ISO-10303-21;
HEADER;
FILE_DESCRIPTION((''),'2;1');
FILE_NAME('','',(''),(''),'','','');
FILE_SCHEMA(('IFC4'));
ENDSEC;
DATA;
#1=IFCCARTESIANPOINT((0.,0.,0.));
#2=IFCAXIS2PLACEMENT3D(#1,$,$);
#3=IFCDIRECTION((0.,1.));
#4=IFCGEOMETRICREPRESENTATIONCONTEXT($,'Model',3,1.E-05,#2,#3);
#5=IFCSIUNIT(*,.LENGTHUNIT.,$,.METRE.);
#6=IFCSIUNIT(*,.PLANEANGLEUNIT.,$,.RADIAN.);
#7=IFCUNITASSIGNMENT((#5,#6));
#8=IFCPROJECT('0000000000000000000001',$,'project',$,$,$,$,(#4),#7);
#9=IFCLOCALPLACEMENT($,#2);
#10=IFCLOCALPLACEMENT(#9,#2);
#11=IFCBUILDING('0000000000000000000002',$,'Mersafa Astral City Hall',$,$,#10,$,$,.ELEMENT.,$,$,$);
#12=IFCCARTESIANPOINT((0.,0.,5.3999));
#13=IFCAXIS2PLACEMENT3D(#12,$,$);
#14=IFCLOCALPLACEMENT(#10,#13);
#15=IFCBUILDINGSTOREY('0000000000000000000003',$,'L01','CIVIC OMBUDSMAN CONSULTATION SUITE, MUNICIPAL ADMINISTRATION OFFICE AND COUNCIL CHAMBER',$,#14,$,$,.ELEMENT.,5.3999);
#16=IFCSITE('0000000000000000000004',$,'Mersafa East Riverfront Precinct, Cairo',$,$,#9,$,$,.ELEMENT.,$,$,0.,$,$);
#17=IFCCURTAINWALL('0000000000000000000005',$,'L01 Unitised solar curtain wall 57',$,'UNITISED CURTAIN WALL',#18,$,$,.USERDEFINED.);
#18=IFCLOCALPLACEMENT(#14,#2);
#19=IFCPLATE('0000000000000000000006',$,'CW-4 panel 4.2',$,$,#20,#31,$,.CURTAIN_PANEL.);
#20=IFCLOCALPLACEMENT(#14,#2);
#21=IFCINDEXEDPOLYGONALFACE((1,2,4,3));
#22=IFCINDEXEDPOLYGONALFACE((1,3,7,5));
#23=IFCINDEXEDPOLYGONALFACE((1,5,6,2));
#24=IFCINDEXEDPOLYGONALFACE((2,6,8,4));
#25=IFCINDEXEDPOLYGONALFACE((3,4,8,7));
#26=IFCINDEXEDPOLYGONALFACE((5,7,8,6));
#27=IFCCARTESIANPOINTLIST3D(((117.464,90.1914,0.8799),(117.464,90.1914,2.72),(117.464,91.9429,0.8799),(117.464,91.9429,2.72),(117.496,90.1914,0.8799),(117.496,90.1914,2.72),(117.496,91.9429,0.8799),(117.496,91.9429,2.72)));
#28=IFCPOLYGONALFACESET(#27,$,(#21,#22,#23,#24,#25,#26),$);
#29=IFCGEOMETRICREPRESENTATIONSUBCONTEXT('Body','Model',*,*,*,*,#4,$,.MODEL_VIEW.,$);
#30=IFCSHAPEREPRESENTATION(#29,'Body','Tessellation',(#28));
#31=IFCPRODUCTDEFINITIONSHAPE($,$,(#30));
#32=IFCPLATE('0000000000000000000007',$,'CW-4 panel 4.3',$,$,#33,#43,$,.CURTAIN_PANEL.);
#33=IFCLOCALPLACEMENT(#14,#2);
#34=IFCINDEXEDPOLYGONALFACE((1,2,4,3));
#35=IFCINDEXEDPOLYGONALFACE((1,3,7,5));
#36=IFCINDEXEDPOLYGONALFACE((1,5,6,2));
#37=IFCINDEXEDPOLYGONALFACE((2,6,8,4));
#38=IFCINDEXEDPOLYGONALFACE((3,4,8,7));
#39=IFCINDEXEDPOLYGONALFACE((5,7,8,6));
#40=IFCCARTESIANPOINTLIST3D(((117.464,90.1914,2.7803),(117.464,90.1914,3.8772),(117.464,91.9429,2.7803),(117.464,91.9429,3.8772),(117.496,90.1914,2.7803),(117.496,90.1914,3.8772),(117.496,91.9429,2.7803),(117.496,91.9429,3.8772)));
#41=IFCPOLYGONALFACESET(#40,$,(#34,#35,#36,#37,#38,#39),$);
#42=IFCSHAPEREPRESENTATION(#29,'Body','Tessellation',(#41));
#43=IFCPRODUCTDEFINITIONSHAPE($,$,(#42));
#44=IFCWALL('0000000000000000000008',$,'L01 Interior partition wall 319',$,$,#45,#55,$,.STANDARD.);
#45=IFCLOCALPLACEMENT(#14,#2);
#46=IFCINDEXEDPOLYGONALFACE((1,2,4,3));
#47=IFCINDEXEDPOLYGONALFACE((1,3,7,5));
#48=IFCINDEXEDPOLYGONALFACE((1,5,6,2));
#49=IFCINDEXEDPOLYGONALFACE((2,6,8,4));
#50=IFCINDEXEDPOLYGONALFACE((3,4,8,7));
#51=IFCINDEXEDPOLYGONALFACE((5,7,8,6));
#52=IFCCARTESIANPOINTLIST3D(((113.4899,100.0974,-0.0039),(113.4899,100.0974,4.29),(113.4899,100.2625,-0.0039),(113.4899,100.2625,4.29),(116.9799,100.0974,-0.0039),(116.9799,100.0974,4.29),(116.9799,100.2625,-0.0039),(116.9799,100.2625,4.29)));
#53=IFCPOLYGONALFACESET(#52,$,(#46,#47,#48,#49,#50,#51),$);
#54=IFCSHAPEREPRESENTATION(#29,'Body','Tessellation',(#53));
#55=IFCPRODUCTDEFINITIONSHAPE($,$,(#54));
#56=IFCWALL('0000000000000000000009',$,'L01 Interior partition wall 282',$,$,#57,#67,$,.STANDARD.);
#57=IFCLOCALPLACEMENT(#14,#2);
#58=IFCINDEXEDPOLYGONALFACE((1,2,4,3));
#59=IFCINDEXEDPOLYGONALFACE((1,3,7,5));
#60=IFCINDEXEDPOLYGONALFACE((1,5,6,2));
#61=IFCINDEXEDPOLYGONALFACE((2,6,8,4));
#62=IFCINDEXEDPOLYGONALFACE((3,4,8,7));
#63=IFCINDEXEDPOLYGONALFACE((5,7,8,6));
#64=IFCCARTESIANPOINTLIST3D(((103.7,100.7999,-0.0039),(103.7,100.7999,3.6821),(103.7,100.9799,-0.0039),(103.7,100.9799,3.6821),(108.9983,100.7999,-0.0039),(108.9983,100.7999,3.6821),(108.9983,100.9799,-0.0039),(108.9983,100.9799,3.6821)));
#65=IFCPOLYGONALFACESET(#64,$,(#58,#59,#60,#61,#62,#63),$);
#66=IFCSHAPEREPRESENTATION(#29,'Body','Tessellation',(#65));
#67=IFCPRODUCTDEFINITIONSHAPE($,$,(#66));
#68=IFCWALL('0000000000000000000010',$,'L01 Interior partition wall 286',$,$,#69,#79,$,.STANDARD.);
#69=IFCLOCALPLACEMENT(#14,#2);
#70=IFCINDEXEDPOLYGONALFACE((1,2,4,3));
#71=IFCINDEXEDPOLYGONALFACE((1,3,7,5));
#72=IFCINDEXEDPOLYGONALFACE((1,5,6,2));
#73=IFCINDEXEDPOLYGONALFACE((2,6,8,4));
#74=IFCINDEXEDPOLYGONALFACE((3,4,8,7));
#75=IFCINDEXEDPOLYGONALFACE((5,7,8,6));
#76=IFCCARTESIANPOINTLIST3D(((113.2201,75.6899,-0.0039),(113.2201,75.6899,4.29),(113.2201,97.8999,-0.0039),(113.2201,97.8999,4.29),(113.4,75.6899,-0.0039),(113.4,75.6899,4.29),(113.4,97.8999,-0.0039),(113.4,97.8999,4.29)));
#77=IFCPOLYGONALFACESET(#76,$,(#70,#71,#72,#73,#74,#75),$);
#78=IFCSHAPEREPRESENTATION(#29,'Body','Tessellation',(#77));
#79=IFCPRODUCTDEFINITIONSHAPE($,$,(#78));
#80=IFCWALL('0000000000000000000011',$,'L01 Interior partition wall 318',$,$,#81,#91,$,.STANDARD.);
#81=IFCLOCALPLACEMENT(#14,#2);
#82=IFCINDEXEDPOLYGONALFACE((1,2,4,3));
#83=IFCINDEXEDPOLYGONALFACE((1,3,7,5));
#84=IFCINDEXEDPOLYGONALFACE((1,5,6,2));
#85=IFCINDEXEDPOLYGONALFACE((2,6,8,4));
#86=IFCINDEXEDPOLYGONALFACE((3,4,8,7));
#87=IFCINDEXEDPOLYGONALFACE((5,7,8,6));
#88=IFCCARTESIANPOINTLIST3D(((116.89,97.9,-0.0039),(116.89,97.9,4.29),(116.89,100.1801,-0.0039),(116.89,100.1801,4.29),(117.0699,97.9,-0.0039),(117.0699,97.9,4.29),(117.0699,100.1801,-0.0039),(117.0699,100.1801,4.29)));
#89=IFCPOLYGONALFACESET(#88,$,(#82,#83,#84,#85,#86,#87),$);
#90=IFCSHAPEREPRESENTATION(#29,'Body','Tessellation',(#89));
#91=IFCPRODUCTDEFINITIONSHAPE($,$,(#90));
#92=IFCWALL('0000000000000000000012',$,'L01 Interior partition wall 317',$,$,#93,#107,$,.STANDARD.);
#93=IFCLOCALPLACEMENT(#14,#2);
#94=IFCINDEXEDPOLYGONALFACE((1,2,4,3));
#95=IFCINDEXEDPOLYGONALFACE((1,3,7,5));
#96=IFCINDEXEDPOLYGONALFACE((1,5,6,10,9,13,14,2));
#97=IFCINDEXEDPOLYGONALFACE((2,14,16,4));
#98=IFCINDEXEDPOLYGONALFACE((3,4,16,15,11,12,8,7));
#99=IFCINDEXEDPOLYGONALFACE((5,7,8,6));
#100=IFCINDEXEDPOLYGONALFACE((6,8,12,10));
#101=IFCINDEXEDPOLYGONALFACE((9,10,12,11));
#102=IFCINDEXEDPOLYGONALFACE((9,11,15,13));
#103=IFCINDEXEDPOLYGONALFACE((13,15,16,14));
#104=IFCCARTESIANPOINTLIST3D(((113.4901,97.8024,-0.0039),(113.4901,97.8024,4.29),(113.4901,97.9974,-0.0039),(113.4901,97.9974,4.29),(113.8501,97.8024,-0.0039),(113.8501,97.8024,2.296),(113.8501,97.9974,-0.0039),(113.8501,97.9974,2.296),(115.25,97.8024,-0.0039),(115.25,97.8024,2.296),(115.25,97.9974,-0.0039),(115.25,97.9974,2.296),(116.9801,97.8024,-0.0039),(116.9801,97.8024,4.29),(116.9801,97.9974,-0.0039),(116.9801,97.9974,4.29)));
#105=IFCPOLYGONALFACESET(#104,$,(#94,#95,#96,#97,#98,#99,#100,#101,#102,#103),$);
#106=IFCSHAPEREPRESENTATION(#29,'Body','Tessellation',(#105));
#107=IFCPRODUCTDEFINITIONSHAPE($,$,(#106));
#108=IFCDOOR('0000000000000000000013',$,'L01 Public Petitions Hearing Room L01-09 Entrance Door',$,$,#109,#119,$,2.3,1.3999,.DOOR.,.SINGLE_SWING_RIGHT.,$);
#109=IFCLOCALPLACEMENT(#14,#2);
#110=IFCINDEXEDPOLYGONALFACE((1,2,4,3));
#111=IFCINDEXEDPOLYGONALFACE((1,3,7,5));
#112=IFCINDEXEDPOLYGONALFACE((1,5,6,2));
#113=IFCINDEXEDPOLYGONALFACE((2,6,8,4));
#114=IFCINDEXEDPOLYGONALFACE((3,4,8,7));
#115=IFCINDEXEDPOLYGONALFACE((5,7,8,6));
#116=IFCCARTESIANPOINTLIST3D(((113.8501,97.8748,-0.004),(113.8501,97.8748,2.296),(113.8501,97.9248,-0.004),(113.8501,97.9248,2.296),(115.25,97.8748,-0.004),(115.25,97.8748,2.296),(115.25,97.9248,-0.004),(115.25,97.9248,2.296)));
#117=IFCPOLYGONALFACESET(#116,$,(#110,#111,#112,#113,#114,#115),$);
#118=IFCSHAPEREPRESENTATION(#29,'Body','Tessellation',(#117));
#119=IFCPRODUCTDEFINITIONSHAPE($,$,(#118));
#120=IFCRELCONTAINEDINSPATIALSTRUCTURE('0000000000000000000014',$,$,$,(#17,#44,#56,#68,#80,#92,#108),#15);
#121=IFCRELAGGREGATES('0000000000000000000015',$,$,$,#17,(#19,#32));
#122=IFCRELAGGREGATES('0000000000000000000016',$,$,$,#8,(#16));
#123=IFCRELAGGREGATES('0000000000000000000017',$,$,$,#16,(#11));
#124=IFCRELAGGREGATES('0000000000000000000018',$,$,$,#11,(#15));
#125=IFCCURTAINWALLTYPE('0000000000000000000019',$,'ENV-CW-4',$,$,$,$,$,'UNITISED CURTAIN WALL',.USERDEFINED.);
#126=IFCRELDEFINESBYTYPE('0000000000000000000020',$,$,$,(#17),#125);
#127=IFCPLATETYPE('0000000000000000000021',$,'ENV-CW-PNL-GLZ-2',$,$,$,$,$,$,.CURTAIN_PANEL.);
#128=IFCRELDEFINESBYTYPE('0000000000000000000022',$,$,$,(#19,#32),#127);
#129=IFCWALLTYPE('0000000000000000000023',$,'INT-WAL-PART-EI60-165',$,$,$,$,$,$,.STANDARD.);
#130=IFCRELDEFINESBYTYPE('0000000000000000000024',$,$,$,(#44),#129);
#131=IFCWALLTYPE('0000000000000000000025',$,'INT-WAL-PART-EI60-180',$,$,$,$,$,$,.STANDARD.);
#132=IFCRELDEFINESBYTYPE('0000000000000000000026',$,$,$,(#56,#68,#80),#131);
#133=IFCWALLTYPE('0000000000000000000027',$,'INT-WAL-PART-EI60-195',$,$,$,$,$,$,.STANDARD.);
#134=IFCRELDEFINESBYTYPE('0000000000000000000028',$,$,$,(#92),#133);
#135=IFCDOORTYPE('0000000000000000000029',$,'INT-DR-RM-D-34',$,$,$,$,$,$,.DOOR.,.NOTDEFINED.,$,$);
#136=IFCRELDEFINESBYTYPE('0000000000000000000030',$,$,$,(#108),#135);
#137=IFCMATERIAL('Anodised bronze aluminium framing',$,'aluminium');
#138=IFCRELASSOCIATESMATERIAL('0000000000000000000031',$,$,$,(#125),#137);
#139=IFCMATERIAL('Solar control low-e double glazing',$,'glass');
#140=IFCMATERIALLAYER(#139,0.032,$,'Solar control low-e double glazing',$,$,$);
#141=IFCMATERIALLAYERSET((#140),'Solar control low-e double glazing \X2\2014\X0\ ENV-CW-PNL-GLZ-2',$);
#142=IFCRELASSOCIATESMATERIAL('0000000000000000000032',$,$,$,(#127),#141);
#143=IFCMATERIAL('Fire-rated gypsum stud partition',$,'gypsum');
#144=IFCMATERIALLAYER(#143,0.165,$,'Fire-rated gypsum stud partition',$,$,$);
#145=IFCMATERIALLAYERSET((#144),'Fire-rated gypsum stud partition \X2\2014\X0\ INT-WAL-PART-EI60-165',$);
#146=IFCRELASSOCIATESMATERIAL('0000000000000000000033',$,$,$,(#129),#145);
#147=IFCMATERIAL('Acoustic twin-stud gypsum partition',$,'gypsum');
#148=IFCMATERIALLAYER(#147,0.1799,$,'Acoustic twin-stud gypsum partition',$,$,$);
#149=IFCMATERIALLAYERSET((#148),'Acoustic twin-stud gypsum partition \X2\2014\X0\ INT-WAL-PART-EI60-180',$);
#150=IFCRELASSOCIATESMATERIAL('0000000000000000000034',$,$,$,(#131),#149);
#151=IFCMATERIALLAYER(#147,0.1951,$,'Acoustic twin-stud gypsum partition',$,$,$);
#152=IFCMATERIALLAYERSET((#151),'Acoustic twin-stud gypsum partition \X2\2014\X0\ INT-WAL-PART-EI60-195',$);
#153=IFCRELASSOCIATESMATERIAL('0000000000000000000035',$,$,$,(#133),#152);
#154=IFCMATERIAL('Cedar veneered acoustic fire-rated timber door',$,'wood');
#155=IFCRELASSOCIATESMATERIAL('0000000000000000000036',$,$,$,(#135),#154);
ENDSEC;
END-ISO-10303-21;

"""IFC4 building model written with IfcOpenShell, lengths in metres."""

from ifc_helpers import new_model, si_unit, direction, frame, frame_2d, origin, origin_2d, place, context, subcontext, project, spatial, rectangle, extrude, material, layer, layer_set, type_object, element, fill, aggregate, save


model = new_model("IFC4")

# Units and contexts
model_context = context("Model", 3, precision=1e-05, world=origin(), true_north=direction((0.0, 1.0)))
body_context = subcontext(model_context, "Body", "Model", "MODEL_VIEW")
ifc_project = project(units=[si_unit("LENGTHUNIT", "METRE"), si_unit("PLANEANGLEUNIT", "RADIAN")], contexts=[model_context])

# Site, building, storey
site_placement = place(None, origin())
site = spatial("IfcSite", under=ifc_project, at=site_placement, Name="Mersafa East Riverfront Precinct, Cairo", CompositionType="ELEMENT", RefElevation=0.0)
building_placement = place(site_placement, origin())
building = spatial("IfcBuilding", under=site, at=building_placement, Name="Mersafa Astral City Hall", CompositionType="ELEMENT")
storey_placement = place(building_placement, frame((0.0, 0.0, 5.3999)))
storey = spatial("IfcBuildingStorey", under=building, at=storey_placement, Name="L01", Description="CIVIC OMBUDSMAN CONSULTATION SUITE, MUNICIPAL ADMINISTRATION OFFICE AND COUNCIL CHAMBER", CompositionType="ELEMENT", Elevation=5.3999)

# Curtain wall
ifc_material_1 = material(Name="Anodised bronze aluminium framing", Category="aluminium")
curtain_wall_type = type_object("IfcCurtainWallType", Name="ENV-CW-4", ElementType="UNITISED CURTAIN WALL", PredefinedType="USERDEFINED", material=ifc_material_1)
curtain_wall_placement = place(storey_placement, origin())
curtain_wall = element("IfcCurtainWall", 1, at=curtain_wall_placement, inside=storey, type_object=curtain_wall_type, Name="L01 Unitised solar curtain wall 57", ObjectType="UNITISED CURTAIN WALL", PredefinedType="USERDEFINED")

# Plates
ifc_material_2 = material(Name="Solar control low-e double glazing", Category="glass")
ifc_layer_1 = layer(ifc_material_2, 0.032, Name="Solar control low-e double glazing")
ifc_layer_set_1 = layer_set([ifc_layer_1], Name="Solar control low-e double glazing — ENV-CW-PNL-GLZ-2")
plate_type = type_object("IfcPlateType", Name="ENV-CW-PNL-GLZ-2", PredefinedType="CURTAIN_PANEL", material=ifc_layer_set_1)
plate_1_placement = place(storey_placement, frame((117.48, 91.0671, 0.8799), z_axis=(0.0, 0.0, 1.0), x_axis=(0.0, 1.0, 0.0)))
plate_1 = element("IfcPlate", 2, at=plate_1_placement, type_object=plate_type, Name="CW-4 panel 4.2", PredefinedType="CURTAIN_PANEL", context=body_context, shape_type="SweptSolid", body=[
    extrude(rectangle(XDim=1.7515, YDim=0.032, at=origin_2d()), origin(), (0.0, 0.0, 1.0), 1.8401),
])
plate_2_placement = place(storey_placement, frame((117.48, 91.0671, 2.7803), z_axis=(0.0, 0.0, 1.0), x_axis=(0.0, 1.0, 0.0)))
plate_2 = element("IfcPlate", 3, at=plate_2_placement, type_object=plate_type, Name="CW-4 panel 4.3", PredefinedType="CURTAIN_PANEL", context=body_context, shape_type="SweptSolid", body=[
    extrude(rectangle(XDim=1.7515, YDim=0.032, at=origin_2d()), origin(), (0.0, 0.0, 1.0), 1.0969),
])
aggregate(curtain_wall, [plate_1, plate_2])

# Walls
ifc_material_3 = material(Name="Fire-rated gypsum stud partition", Category="gypsum")
ifc_layer_2 = layer(ifc_material_3, 0.165, Name="Fire-rated gypsum stud partition")
ifc_layer_set_2 = layer_set([ifc_layer_2], Name="Fire-rated gypsum stud partition — INT-WAL-PART-EI60-165")
wall_type_1 = type_object("IfcWallType", Name="INT-WAL-PART-EI60-165", PredefinedType="STANDARD", material=ifc_layer_set_2)
wall_1_placement = place(storey_placement, frame((116.98, 100.1799, -0.0039), z_axis=(0.0, 0.0, 1.0), x_axis=(-1.0, 0.0, 0.0)))
element("IfcWall", 4, at=wall_1_placement, inside=storey, type_object=wall_type_1, Name="L01 Interior partition wall 319", PredefinedType="STANDARD", context=body_context, shape_type="SweptSolid", body=[
    extrude(rectangle(XDim=3.49, YDim=0.165, at=frame_2d((1.7451, 0.0))), origin(), (0.0, 0.0, 1.0), 4.2939),
])
ifc_material_4 = material(Name="Acoustic twin-stud gypsum partition", Category="gypsum")
ifc_layer_3 = layer(ifc_material_4, 0.1799, Name="Acoustic twin-stud gypsum partition")
ifc_layer_set_3 = layer_set([ifc_layer_3], Name="Acoustic twin-stud gypsum partition — INT-WAL-PART-EI60-180")
wall_type_2 = type_object("IfcWallType", Name="INT-WAL-PART-EI60-180", PredefinedType="STANDARD", material=ifc_layer_set_3)
wall_2_placement = place(storey_placement, frame((108.9983, 100.8899, -0.0039), z_axis=(0.0, 0.0, 1.0), x_axis=(-1.0, 0.0, 0.0)))
element("IfcWall", 5, at=wall_2_placement, inside=storey, type_object=wall_type_2, Name="L01 Interior partition wall 282", PredefinedType="STANDARD", context=body_context, shape_type="SweptSolid", body=[
    extrude(rectangle(XDim=5.2983, YDim=0.1799, at=frame_2d((2.6492, 0.0))), origin(), (0.0, 0.0, 1.0), 3.686),
])
wall_3_placement = place(storey_placement, frame((113.3101, 97.8999, -0.0039), z_axis=(0.0, 0.0, 1.0), x_axis=(0.0, -1.0, 0.0)))
element("IfcWall", 6, at=wall_3_placement, inside=storey, type_object=wall_type_2, Name="L01 Interior partition wall 286", PredefinedType="STANDARD", context=body_context, shape_type="SweptSolid", body=[
    extrude(rectangle(XDim=22.21, YDim=0.1799, at=frame_2d((11.105, 0.0))), origin(), (0.0, 0.0, 1.0), 4.2939),
])
wall_4_placement = place(storey_placement, frame((116.98, 97.8999, -0.0039), z_axis=(0.0, 0.0, 1.0), x_axis=(0.0, 1.0, 0.0)))
element("IfcWall", 7, at=wall_4_placement, inside=storey, type_object=wall_type_2, Name="L01 Interior partition wall 318", PredefinedType="STANDARD", context=body_context, shape_type="SweptSolid", body=[
    extrude(rectangle(XDim=2.28, YDim=0.1799, at=frame_2d((1.1401, 0.0))), origin(), (0.0, 0.0, 1.0), 4.2939),
])

# Wall, opening, door
ifc_layer_4 = layer(ifc_material_4, 0.1951, Name="Acoustic twin-stud gypsum partition")
ifc_layer_set_4 = layer_set([ifc_layer_4], Name="Acoustic twin-stud gypsum partition — INT-WAL-PART-EI60-195")
wall_type_3 = type_object("IfcWallType", Name="INT-WAL-PART-EI60-195", PredefinedType="STANDARD", material=ifc_layer_set_4)
wall_5_placement = place(storey_placement, frame((113.49, 97.8999, -0.0039), z_axis=(0.0, 0.0, 1.0), x_axis=(1.0, 0.0, 0.0)))
wall_5 = element("IfcWall", 8, at=wall_5_placement, inside=storey, type_object=wall_type_3, Name="L01 Interior partition wall 317", PredefinedType="STANDARD", context=body_context, shape_type="SweptSolid", body=[
    extrude(rectangle(XDim=3.49, YDim=0.1951, at=frame_2d((1.7451, 0.0))), origin(), (0.0, 0.0, 1.0), 4.2939),
])
opening_placement = place(wall_5_placement, frame((0.3601, 0.0, 0.0)))
opening = element("IfcOpeningElement", 9, at=opening_placement, cuts=wall_5, PredefinedType="OPENING", context=body_context, shape_type="SweptSolid", body=[
    extrude(rectangle(XDim=1.3999, YDim=2.3, at=frame_2d((0.7, 1.1499))), frame((0.0, 0.1074, 0.0), z_axis=(0.0, -1.0, 0.0), x_axis=(1.0, 0.0, 0.0)), (0.0, 0.0, 1.0), 0.2151),
])
ifc_material_5 = material(Name="Cedar veneered acoustic fire-rated timber door", Category="wood")
door_type = type_object("IfcDoorType", Name="INT-DR-RM-D-34", OperationType="NOTDEFINED", PredefinedType="DOOR", material=ifc_material_5)
door_placement = place(opening_placement, origin())
door = element("IfcDoor", 10, at=door_placement, inside=storey, type_object=door_type, Name="L01 Public Petitions Hearing Room L01-09 Entrance Door", OperationType="SINGLE_SWING_RIGHT", OverallHeight=2.3, OverallWidth=1.3999, PredefinedType="DOOR", context=body_context, shape_type="SweptSolid", body=[
    extrude(rectangle(XDim=1.3999, YDim=2.3, at=frame_2d((0.7, 1.1499))), frame((0.0, 0.0249, 0.0), z_axis=(0.0, -1.0, 0.0), x_axis=(1.0, 0.0, 0.0)), (0.0, 0.0, 1.0), 0.05),
])
fill(opening, door)

save(model, "model.ifc")
